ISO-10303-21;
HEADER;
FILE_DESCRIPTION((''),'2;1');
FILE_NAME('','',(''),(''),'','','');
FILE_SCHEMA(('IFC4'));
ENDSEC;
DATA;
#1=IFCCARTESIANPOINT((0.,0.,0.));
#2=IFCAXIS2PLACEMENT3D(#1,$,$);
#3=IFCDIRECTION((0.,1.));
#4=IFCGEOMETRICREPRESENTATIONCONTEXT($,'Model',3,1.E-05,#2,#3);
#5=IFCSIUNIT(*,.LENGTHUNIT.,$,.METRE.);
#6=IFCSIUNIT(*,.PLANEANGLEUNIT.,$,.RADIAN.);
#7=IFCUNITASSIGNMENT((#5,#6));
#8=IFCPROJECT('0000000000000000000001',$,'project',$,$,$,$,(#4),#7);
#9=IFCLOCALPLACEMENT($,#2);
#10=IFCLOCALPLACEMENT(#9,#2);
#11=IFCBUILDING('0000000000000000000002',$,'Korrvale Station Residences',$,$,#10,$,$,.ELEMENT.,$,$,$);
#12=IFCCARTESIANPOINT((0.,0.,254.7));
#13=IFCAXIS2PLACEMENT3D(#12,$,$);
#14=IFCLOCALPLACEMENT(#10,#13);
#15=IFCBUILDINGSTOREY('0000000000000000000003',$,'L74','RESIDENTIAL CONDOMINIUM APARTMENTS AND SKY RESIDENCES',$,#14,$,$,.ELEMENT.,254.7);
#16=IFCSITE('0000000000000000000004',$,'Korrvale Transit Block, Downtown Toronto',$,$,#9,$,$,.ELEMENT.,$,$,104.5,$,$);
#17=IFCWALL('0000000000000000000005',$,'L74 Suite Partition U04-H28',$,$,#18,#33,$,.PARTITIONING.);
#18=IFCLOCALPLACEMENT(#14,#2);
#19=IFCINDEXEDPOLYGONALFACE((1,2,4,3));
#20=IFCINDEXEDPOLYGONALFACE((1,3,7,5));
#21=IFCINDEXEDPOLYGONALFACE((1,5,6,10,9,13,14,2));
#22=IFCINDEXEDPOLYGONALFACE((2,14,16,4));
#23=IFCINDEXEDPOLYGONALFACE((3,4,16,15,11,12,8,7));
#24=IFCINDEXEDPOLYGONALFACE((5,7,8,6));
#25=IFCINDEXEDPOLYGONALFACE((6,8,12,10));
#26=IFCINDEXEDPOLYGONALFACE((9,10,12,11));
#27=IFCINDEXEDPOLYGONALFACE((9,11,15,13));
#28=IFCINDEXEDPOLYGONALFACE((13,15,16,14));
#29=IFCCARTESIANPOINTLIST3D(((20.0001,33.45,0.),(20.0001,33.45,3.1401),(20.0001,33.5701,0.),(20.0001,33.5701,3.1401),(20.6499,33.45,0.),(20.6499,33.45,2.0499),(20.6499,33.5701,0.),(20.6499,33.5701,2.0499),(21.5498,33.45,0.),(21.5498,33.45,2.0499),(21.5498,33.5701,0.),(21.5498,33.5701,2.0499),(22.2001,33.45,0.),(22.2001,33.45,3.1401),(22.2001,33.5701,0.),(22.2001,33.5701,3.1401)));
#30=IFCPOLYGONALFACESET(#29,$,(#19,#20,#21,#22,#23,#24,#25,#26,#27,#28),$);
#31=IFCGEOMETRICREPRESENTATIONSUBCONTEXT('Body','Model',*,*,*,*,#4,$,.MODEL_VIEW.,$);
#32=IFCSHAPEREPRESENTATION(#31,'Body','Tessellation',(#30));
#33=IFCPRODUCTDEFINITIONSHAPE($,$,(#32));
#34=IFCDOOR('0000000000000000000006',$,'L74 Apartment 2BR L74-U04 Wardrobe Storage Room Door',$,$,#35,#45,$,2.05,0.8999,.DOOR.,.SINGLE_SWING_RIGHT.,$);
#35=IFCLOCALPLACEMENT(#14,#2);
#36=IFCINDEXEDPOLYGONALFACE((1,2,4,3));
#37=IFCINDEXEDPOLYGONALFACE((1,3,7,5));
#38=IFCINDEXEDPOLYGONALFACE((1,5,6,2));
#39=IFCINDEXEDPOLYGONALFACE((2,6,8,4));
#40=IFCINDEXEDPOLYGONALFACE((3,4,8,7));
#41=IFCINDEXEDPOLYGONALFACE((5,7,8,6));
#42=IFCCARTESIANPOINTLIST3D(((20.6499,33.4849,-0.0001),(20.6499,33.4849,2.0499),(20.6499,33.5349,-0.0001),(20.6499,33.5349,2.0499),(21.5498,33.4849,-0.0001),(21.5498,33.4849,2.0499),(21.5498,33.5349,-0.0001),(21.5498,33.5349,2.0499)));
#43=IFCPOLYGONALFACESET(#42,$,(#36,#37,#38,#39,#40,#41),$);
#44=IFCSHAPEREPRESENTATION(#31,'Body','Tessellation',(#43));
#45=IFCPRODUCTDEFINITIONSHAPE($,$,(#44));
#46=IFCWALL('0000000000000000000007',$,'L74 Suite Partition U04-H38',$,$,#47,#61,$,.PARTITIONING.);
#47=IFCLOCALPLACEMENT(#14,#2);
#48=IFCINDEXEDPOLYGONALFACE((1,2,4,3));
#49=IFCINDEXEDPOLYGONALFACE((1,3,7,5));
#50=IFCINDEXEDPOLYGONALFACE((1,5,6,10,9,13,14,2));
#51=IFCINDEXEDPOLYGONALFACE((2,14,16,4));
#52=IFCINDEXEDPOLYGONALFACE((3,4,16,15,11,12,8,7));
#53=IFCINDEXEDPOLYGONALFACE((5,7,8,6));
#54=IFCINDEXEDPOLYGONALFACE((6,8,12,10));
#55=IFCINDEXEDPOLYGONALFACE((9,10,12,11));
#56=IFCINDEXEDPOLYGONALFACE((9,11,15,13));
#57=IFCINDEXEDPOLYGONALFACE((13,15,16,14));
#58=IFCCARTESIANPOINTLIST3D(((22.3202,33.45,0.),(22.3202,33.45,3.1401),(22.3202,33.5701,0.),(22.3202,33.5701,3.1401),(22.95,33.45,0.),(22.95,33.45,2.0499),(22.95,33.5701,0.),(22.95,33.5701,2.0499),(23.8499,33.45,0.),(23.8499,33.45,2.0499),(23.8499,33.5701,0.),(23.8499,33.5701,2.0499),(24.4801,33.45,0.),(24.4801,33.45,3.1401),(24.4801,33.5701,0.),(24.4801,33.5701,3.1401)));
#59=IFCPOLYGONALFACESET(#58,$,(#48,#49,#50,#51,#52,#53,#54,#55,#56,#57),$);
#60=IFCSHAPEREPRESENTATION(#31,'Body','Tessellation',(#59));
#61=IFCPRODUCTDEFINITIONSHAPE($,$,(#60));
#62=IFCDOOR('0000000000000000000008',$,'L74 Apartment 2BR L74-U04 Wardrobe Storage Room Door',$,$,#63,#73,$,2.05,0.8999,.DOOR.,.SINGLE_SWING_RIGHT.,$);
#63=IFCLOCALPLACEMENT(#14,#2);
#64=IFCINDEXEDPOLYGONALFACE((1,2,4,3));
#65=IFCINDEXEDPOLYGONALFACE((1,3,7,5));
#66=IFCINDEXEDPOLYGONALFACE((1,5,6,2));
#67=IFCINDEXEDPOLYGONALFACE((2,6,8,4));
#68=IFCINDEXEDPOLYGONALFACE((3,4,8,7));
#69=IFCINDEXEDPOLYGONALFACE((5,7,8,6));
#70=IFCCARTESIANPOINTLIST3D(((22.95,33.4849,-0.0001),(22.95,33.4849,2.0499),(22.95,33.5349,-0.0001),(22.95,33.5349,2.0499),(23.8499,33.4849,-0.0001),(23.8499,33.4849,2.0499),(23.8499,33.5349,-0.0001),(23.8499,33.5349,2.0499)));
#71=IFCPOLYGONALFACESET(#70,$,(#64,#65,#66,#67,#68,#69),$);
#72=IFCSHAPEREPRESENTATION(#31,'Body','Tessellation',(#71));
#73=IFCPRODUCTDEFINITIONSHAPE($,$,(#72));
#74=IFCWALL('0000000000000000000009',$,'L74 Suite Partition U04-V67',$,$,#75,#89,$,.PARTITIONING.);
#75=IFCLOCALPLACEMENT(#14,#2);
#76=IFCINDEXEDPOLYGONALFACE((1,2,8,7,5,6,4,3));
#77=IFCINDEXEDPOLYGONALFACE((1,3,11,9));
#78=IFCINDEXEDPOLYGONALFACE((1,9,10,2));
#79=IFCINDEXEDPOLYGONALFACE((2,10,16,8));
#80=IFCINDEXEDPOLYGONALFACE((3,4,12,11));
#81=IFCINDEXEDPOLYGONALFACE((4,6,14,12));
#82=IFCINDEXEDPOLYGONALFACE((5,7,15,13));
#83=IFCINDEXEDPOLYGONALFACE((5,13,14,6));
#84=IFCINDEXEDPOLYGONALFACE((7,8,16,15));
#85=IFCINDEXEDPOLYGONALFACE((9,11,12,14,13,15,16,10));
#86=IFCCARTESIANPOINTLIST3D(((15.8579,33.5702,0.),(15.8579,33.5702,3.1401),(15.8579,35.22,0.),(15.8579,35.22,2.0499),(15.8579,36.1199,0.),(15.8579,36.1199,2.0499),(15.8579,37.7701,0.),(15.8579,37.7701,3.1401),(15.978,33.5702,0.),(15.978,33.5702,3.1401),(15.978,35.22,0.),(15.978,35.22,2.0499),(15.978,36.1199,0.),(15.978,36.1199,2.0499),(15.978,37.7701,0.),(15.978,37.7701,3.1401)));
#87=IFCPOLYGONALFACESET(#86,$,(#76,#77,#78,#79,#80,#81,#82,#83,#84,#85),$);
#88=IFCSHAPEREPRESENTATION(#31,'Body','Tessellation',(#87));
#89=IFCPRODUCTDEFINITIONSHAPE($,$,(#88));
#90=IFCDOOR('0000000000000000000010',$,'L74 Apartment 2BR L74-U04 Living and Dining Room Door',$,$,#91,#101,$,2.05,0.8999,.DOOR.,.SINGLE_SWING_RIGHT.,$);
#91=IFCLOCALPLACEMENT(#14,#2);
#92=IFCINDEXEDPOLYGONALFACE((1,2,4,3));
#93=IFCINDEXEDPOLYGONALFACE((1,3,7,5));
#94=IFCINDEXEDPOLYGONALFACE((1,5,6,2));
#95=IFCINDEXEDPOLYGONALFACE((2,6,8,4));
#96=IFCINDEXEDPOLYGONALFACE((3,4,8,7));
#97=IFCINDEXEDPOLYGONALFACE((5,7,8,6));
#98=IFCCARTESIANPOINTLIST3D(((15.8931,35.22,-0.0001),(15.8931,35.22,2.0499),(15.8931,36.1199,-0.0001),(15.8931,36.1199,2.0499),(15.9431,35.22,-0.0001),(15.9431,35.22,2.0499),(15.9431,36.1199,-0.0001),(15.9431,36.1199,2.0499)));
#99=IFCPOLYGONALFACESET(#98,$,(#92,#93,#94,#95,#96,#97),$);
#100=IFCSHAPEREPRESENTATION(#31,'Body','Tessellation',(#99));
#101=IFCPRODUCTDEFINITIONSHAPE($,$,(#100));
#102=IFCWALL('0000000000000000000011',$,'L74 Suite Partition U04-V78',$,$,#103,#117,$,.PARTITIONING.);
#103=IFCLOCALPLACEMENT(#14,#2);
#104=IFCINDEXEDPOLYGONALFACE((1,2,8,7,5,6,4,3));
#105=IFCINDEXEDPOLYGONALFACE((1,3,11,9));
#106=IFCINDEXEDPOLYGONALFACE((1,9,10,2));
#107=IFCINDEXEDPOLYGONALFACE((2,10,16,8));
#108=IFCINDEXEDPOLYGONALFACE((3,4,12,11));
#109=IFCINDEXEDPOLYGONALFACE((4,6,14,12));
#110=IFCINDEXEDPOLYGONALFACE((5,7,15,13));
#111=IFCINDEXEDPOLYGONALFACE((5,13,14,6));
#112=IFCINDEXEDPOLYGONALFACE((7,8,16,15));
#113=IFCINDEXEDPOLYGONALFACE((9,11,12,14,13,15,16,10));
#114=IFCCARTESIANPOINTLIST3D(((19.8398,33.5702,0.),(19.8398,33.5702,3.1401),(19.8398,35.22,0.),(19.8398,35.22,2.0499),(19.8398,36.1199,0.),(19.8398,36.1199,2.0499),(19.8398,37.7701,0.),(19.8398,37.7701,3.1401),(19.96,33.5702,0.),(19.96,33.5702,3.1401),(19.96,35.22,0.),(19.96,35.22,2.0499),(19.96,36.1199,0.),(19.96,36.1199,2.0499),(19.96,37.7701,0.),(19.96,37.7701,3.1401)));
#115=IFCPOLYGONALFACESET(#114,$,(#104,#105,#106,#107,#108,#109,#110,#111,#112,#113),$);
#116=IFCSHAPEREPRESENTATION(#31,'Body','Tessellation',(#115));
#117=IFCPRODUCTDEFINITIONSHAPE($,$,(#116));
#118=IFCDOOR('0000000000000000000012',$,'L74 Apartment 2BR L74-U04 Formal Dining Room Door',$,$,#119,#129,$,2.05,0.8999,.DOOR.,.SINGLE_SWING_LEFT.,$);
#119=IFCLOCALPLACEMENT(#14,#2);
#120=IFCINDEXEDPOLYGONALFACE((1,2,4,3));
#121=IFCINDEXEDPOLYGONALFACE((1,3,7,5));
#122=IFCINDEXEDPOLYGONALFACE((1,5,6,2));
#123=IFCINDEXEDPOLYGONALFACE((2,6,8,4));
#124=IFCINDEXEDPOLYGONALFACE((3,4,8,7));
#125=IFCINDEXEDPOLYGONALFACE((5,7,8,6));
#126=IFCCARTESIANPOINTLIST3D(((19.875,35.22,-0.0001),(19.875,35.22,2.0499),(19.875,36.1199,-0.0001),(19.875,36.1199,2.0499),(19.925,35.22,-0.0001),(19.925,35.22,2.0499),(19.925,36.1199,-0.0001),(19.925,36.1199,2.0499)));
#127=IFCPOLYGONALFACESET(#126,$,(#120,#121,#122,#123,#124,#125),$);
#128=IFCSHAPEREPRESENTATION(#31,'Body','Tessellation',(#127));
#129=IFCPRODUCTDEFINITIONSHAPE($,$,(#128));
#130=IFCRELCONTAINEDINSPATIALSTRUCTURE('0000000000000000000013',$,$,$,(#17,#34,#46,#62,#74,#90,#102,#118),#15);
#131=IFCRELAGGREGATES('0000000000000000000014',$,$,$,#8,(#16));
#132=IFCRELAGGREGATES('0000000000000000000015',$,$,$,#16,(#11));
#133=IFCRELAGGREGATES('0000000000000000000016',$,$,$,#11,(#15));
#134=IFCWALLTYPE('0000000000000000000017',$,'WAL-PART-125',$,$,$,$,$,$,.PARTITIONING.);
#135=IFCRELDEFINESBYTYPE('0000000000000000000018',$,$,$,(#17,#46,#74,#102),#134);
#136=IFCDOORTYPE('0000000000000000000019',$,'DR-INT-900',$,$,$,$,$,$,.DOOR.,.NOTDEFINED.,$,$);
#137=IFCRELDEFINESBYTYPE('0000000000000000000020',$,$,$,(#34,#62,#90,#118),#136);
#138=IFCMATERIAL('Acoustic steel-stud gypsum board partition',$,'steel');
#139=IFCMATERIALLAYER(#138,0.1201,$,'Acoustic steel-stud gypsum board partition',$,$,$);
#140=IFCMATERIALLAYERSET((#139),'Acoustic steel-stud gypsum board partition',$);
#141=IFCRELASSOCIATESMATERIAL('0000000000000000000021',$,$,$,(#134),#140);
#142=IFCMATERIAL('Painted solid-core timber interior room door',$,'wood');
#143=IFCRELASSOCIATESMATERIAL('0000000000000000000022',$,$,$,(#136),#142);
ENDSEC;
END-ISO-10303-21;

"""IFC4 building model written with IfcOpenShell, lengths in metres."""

from ifc_helpers import new_model, si_unit, direction, frame, frame_2d, origin, place, context, subcontext, project, spatial, rectangle, extrude, material, layer, layer_set, type_object, element, fill, save


model = new_model("IFC4")

# Units and contexts
model_context = context("Model", 3, precision=1e-05, world=origin(), true_north=direction((0.0, 1.0)))
body_context = subcontext(model_context, "Body", "Model", "MODEL_VIEW")
ifc_project = project(units=[si_unit("LENGTHUNIT", "METRE"), si_unit("PLANEANGLEUNIT", "RADIAN")], contexts=[model_context])

# Site, building, storey
site_placement = place(None, origin())
site = spatial("IfcSite", under=ifc_project, at=site_placement, Name="Korrvale Transit Block, Downtown Toronto", CompositionType="ELEMENT", RefElevation=104.5)
building_placement = place(site_placement, origin())
building = spatial("IfcBuilding", under=site, at=building_placement, Name="Korrvale Station Residences", CompositionType="ELEMENT")
storey_placement = place(building_placement, frame((0.0, 0.0, 254.7)))
storey = spatial("IfcBuildingStorey", under=building, at=storey_placement, Name="L74", Description="RESIDENTIAL CONDOMINIUM APARTMENTS AND SKY RESIDENCES", CompositionType="ELEMENT", Elevation=254.7)

# Walls, openings, doors
ifc_material_1 = material(Name="Acoustic steel-stud gypsum board partition", Category="steel")
ifc_layer = layer(ifc_material_1, 0.1201, Name="Acoustic steel-stud gypsum board partition")
ifc_layer_set = layer_set([ifc_layer], Name="Acoustic steel-stud gypsum board partition")
wall_type = type_object("IfcWallType", Name="WAL-PART-125", PredefinedType="PARTITIONING", material=ifc_layer_set)
ifc_material_2 = material(Name="Painted solid-core timber interior room door", Category="wood")
door_type_1 = type_object("IfcDoorType", Name="DR-INT-900", OperationType="NOTDEFINED", PredefinedType="DOOR", material=ifc_material_2)
wall_1_placement = place(storey_placement, frame((20.0, 33.51, 0.0), z_axis=(0.0, 0.0, 1.0), x_axis=(1.0, 0.0, 0.0)))
wall_1 = element("IfcWall", 1, at=wall_1_placement, inside=storey, type_object=wall_type, Name="L74 Suite Partition U04-H28", PredefinedType="PARTITIONING", context=body_context, shape_type="SweptSolid", body=[
    extrude(rectangle(XDim=2.2, YDim=0.1201, at=frame_2d((1.1001, 0.0))), origin(), (0.0, 0.0, 1.0), 3.1401),
])
opening_1_placement = place(wall_1_placement, frame((0.6499, 0.0, 0.0)))
opening_1 = element("IfcOpeningElement", 2, at=opening_1_placement, cuts=wall_1, PredefinedType="OPENING", context=body_context, shape_type="SweptSolid", body=[
    extrude(rectangle(XDim=0.8999, YDim=2.05, at=frame_2d((0.45, 1.0249))), frame((0.0, 0.0701, 0.0), z_axis=(0.0, -1.0, 0.0), x_axis=(1.0, 0.0, 0.0)), (0.0, 0.0, 1.0), 0.1401),
])
door_1_placement = place(opening_1_placement, origin())
door_1 = element("IfcDoor", 3, at=door_1_placement, inside=storey, type_object=door_type_1, Name="L74 Apartment 2BR L74-U04 Wardrobe Storage Room Door", OperationType="SINGLE_SWING_RIGHT", OverallHeight=2.05, OverallWidth=0.8999, PredefinedType="DOOR", context=body_context, shape_type="SweptSolid", body=[
    extrude(rectangle(XDim=0.8999, YDim=2.05, at=frame_2d((0.45, 1.0249))), frame((0.0, 0.0249, 0.0), z_axis=(0.0, -1.0, 0.0), x_axis=(1.0, 0.0, 0.0)), (0.0, 0.0, 1.0), 0.05),
])
fill(opening_1, door_1)
wall_2_placement = place(storey_placement, frame((22.3201, 33.51, 0.0), z_axis=(0.0, 0.0, 1.0), x_axis=(1.0, 0.0, 0.0)))
wall_2 = element("IfcWall", 4, at=wall_2_placement, inside=storey, type_object=wall_type, Name="L74 Suite Partition U04-H38", PredefinedType="PARTITIONING", context=body_context, shape_type="SweptSolid", body=[
    extrude(rectangle(XDim=2.1599, YDim=0.1201, at=frame_2d((1.0801, 0.0))), origin(), (0.0, 0.0, 1.0), 3.1401),
])
opening_2_placement = place(wall_2_placement, frame((0.6299, 0.0, 0.0)))
opening_2 = element("IfcOpeningElement", 5, at=opening_2_placement, cuts=wall_2, PredefinedType="OPENING", context=body_context, shape_type="SweptSolid", body=[
    extrude(rectangle(XDim=0.8999, YDim=2.05, at=frame_2d((0.45, 1.0249))), frame((0.0, 0.0701, 0.0), z_axis=(0.0, -1.0, 0.0), x_axis=(1.0, 0.0, 0.0)), (0.0, 0.0, 1.0), 0.1401),
])
door_2_placement = place(opening_2_placement, origin())
door_2 = element("IfcDoor", 6, at=door_2_placement, inside=storey, type_object=door_type_1, Name="L74 Apartment 2BR L74-U04 Wardrobe Storage Room Door", OperationType="SINGLE_SWING_RIGHT", OverallHeight=2.05, OverallWidth=0.8999, PredefinedType="DOOR", context=body_context, shape_type="SweptSolid", body=[
    extrude(rectangle(XDim=0.8999, YDim=2.05, at=frame_2d((0.45, 1.0249))), frame((0.0, 0.0249, 0.0), z_axis=(0.0, -1.0, 0.0), x_axis=(1.0, 0.0, 0.0)), (0.0, 0.0, 1.0), 0.05),
])
fill(opening_2, door_2)
wall_3_placement = place(storey_placement, frame((15.918, 33.5701, 0.0), z_axis=(0.0, 0.0, 1.0), x_axis=(0.0, 1.0, 0.0)))
wall_3 = element("IfcWall", 7, at=wall_3_placement, inside=storey, type_object=wall_type, Name="L74 Suite Partition U04-V67", PredefinedType="PARTITIONING", context=body_context, shape_type="SweptSolid", body=[
    extrude(rectangle(XDim=4.2, YDim=0.1201, at=frame_2d((2.1001, 0.0))), origin(), (0.0, 0.0, 1.0), 3.1401),
])
opening_3_placement = place(wall_3_placement, frame((1.6499, 0.0, 0.0)))
opening_3 = element("IfcOpeningElement", 8, at=opening_3_placement, cuts=wall_3, PredefinedType="OPENING", context=body_context, shape_type="SweptSolid", body=[
    extrude(rectangle(XDim=0.8999, YDim=2.05, at=frame_2d((0.45, 1.0249))), frame((0.0, 0.0701, 0.0), z_axis=(0.0, -1.0, 0.0), x_axis=(1.0, 0.0, 0.0)), (0.0, 0.0, 1.0), 0.1401),
])
door_3_placement = place(opening_3_placement, origin())
door_3 = element("IfcDoor", 9, at=door_3_placement, inside=storey, type_object=door_type_1, Name="L74 Apartment 2BR L74-U04 Living and Dining Room Door", OperationType="SINGLE_SWING_RIGHT", OverallHeight=2.05, OverallWidth=0.8999, PredefinedType="DOOR", context=body_context, shape_type="SweptSolid", body=[
    extrude(rectangle(XDim=0.8999, YDim=2.05, at=frame_2d((0.45, 1.0249))), frame((0.0, 0.0249, 0.0), z_axis=(0.0, -1.0, 0.0), x_axis=(1.0, 0.0, 0.0)), (0.0, 0.0, 1.0), 0.05),
])
fill(opening_3, door_3)
wall_4_placement = place(storey_placement, frame((19.8999, 33.5701, 0.0), z_axis=(0.0, 0.0, 1.0), x_axis=(0.0, 1.0, 0.0)))
wall_4 = element("IfcWall", 10, at=wall_4_placement, inside=storey, type_object=wall_type, Name="L74 Suite Partition U04-V78", PredefinedType="PARTITIONING", context=body_context, shape_type="SweptSolid", body=[
    extrude(rectangle(XDim=4.2, YDim=0.1201, at=frame_2d((2.1001, 0.0))), origin(), (0.0, 0.0, 1.0), 3.1401),
])
opening_4_placement = place(wall_4_placement, frame((1.6499, 0.0, 0.0)))
opening_4 = element("IfcOpeningElement", 11, at=opening_4_placement, cuts=wall_4, PredefinedType="OPENING", context=body_context, shape_type="SweptSolid", body=[
    extrude(rectangle(XDim=0.8999, YDim=2.05, at=frame_2d((0.45, 1.0249))), frame((0.0, 0.0701, 0.0), z_axis=(0.0, -1.0, 0.0), x_axis=(1.0, 0.0, 0.0)), (0.0, 0.0, 1.0), 0.1401),
])
door_4_placement = place(opening_4_placement, origin())
door_4 = element("IfcDoor", 12, at=door_4_placement, inside=storey, type_object=door_type_1, Name="L74 Apartment 2BR L74-U04 Formal Dining Room Door", OperationType="SINGLE_SWING_LEFT", OverallHeight=2.05, OverallWidth=0.8999, PredefinedType="DOOR", context=body_context, shape_type="SweptSolid", body=[
    extrude(rectangle(XDim=0.8999, YDim=2.05, at=frame_2d((0.45, 1.0249))), frame((0.0, 0.0249, 0.0), z_axis=(0.0, -1.0, 0.0), x_axis=(1.0, 0.0, 0.0)), (0.0, 0.0, 1.0), 0.05),
])
fill(opening_4, door_4)

save(model, "model.ifc")
